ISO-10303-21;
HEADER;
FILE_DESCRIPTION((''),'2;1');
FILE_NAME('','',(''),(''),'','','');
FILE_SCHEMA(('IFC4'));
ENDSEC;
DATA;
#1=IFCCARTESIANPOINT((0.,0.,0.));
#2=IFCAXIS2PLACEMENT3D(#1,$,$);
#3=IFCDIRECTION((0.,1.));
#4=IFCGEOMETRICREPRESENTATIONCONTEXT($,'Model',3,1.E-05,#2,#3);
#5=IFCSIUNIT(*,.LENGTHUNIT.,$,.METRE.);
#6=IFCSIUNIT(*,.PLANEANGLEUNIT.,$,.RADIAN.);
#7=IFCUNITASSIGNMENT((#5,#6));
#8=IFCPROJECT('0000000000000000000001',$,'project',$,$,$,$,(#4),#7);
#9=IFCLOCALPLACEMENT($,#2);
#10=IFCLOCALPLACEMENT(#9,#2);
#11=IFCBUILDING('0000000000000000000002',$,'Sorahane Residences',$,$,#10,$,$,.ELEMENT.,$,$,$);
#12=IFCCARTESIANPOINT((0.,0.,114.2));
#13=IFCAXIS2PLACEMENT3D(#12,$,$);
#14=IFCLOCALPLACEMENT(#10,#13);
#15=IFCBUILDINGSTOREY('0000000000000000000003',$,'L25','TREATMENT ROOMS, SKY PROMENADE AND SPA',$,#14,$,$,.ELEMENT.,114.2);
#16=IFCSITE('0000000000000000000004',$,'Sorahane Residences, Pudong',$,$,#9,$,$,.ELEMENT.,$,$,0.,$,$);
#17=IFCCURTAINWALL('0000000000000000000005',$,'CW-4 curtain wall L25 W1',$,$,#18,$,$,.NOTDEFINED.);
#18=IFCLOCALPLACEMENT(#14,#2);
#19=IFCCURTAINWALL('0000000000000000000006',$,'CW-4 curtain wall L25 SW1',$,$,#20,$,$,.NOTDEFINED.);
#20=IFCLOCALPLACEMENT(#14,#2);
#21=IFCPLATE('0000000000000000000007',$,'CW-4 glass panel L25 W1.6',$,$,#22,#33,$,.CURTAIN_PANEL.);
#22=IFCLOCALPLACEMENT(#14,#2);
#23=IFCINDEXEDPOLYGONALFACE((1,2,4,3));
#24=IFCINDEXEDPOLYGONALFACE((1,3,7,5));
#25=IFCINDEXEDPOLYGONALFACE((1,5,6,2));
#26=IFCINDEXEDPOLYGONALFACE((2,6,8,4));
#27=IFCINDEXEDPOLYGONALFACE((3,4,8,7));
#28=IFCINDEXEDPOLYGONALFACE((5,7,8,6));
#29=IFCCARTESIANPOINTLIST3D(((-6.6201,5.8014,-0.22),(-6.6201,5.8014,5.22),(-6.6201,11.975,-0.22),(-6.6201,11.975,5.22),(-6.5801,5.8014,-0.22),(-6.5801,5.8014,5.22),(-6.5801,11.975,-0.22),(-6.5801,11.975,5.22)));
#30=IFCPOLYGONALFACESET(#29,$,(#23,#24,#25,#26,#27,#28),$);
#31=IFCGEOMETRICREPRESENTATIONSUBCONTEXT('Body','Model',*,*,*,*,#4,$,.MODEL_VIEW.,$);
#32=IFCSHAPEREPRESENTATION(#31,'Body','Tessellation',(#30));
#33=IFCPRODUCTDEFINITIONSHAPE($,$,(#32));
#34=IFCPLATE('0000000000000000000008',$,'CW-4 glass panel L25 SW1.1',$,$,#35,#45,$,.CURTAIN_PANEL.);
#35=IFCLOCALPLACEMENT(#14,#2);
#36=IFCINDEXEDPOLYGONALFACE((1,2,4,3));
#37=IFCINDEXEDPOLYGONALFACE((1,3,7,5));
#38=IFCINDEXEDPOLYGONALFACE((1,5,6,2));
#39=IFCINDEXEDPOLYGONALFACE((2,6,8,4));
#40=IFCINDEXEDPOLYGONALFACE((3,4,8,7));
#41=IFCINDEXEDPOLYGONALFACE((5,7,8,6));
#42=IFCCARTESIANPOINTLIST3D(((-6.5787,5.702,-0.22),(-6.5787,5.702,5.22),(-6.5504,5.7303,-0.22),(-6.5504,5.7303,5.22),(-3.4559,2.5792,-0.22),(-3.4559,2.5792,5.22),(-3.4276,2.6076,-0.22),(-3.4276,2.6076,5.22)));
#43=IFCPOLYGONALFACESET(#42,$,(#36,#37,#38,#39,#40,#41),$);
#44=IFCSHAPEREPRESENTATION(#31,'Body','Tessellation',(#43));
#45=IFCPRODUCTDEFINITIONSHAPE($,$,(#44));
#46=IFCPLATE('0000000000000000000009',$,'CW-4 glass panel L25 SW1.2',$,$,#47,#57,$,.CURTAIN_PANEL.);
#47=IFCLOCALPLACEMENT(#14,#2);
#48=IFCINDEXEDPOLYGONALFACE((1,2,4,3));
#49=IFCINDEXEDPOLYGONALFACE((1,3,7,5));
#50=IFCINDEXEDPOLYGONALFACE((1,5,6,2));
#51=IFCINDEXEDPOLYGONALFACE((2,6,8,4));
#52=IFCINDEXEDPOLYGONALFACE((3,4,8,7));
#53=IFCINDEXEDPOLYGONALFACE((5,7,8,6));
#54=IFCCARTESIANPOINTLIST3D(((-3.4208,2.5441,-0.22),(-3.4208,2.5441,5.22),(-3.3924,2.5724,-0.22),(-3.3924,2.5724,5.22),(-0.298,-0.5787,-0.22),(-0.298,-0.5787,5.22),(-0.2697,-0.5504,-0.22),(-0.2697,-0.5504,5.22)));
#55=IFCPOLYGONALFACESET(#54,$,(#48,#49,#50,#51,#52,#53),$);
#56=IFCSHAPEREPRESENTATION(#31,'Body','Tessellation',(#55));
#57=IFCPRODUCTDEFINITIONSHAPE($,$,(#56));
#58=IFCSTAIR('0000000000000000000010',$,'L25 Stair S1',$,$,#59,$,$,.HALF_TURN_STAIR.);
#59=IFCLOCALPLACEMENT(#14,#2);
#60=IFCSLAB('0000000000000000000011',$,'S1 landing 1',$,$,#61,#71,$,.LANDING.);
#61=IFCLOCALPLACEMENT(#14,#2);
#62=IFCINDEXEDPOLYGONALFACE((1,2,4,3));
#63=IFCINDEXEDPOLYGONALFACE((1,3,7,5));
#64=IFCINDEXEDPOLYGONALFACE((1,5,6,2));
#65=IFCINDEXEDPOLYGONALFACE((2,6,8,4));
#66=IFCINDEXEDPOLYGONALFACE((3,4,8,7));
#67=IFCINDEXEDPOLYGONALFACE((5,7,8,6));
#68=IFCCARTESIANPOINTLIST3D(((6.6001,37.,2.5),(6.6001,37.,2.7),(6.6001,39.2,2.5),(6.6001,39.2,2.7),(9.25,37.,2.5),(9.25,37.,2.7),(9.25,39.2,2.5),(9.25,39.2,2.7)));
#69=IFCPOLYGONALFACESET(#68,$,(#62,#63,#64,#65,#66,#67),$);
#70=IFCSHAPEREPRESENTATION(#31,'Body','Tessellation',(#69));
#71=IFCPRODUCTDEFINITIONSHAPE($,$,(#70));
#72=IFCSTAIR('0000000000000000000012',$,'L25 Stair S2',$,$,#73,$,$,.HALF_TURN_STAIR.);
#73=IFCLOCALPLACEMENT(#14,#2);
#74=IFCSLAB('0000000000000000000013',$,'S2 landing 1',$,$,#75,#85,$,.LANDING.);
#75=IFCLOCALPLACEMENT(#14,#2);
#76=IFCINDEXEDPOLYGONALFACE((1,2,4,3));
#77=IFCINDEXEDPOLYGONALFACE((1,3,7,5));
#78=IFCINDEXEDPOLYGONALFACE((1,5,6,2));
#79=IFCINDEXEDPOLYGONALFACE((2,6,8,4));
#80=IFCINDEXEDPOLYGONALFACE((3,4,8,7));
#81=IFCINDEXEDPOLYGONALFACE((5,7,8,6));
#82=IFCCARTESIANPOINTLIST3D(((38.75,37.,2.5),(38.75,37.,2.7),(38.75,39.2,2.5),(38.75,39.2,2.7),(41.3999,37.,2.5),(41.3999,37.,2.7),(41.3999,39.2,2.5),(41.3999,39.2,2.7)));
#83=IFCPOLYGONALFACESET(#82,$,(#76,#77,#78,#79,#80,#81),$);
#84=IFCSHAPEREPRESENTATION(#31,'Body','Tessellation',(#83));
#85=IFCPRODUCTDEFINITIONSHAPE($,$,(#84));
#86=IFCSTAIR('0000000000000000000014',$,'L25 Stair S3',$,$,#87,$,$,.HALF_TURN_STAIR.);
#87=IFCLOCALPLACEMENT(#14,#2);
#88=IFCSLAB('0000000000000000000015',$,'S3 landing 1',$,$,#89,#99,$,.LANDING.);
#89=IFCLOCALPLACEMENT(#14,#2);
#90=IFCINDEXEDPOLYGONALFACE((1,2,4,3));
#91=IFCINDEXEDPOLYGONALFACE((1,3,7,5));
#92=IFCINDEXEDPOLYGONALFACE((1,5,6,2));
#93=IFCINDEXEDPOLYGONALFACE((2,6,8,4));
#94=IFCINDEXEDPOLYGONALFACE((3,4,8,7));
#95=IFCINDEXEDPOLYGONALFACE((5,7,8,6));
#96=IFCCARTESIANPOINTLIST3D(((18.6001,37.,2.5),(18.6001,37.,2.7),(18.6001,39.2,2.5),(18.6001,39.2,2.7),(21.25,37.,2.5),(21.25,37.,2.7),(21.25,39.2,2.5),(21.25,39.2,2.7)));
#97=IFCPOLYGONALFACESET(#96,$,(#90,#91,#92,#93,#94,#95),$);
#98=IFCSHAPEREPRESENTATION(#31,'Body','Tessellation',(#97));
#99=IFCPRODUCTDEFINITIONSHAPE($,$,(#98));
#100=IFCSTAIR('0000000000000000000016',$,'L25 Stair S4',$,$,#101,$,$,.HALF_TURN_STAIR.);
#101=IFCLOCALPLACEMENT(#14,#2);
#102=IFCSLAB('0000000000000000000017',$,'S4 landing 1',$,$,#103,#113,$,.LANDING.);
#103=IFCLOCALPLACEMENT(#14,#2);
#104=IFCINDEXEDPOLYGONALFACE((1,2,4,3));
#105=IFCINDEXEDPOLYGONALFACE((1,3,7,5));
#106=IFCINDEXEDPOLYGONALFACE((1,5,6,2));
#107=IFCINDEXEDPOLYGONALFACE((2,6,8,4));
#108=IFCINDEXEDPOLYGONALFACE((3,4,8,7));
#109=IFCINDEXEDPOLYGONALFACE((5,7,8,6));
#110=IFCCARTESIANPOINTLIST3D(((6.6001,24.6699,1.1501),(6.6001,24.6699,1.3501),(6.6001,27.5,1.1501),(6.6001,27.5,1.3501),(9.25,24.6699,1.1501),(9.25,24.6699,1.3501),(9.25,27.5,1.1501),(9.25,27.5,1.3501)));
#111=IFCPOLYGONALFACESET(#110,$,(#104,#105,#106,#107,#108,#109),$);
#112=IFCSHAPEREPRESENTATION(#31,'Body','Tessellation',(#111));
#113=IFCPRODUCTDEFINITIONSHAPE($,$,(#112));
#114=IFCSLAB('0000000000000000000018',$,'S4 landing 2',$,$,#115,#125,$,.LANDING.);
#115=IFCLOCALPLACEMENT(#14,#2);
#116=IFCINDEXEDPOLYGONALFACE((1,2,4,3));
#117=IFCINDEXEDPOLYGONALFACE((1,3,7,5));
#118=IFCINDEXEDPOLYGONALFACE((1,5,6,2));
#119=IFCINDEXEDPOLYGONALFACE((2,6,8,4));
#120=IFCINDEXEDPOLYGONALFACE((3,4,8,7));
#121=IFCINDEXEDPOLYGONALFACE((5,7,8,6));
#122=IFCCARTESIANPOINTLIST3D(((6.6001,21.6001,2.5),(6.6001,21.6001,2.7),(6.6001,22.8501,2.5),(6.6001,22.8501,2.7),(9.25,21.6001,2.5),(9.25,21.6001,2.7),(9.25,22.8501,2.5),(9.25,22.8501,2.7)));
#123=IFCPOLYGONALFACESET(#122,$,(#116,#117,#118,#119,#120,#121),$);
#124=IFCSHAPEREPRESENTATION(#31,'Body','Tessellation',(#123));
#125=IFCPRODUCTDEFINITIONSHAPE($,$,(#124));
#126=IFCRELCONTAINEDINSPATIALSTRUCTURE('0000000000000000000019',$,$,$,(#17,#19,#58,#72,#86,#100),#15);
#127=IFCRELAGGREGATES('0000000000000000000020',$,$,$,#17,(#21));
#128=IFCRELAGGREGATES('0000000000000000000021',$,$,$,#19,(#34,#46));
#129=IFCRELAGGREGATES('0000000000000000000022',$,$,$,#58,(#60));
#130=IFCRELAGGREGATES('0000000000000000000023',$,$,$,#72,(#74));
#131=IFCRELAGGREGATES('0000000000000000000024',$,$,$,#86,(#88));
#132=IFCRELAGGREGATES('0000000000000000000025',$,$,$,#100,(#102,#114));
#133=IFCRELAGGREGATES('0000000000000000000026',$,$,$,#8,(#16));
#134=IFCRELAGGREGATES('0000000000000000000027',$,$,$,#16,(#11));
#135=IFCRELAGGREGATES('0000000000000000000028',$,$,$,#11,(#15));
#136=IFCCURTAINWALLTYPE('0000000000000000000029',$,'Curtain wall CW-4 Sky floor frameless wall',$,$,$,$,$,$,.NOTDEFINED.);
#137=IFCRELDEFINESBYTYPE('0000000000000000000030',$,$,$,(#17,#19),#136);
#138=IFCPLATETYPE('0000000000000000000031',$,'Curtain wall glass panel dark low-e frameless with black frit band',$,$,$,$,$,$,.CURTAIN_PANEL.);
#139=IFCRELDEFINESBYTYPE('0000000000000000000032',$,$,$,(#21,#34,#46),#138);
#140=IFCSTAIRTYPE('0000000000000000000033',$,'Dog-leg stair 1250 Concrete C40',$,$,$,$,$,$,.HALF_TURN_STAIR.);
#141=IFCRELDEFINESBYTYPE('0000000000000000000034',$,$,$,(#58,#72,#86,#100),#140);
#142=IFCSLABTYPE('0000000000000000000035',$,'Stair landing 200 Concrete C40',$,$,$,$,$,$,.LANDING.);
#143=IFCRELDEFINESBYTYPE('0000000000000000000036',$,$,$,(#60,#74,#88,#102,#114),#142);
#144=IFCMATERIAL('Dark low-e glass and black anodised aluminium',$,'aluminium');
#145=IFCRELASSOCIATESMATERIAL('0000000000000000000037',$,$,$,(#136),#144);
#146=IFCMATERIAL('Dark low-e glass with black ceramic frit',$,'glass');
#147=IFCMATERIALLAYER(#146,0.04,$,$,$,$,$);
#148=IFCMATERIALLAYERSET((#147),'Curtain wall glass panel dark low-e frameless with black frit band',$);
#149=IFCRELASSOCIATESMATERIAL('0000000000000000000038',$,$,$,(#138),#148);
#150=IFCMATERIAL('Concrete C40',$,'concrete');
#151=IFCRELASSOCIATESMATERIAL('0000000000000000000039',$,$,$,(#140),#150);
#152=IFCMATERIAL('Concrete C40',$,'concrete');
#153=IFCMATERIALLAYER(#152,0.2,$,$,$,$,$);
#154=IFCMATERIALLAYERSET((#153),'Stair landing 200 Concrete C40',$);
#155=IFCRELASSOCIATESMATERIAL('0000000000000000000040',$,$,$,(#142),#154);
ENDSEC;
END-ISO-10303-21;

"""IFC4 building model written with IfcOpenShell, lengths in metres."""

from ifc_helpers import new_model, si_unit, direction, frame, origin, origin_2d, place, context, subcontext, project, spatial, polyline, rectangle, outline, extrude, material, layer, layer_set, type_object, element, aggregate, save


model = new_model("IFC4")

# Units and contexts
model_context = context("Model", 3, precision=1e-05, world=origin(), true_north=direction((0.0, 1.0)))
body_context = subcontext(model_context, "Body", "Model", "MODEL_VIEW")
ifc_project = project(units=[si_unit("LENGTHUNIT", "METRE"), si_unit("PLANEANGLEUNIT", "RADIAN")], contexts=[model_context])

# Site, building, storey
site_placement = place(None, origin())
site = spatial("IfcSite", under=ifc_project, at=site_placement, Name="Sorahane Residences, Pudong", CompositionType="ELEMENT", RefElevation=0.0)
building_placement = place(site_placement, origin())
building = spatial("IfcBuilding", under=site, at=building_placement, Name="Sorahane Residences", CompositionType="ELEMENT")
storey_placement = place(building_placement, frame((0.0, 0.0, 114.2)))
storey = spatial("IfcBuildingStorey", under=building, at=storey_placement, Name="L25", Description="TREATMENT ROOMS, SKY PROMENADE AND SPA", CompositionType="ELEMENT", Elevation=114.2)

# Curtain walls
ifc_material_1 = material(Name="Dark low-e glass and black anodised aluminium", Category="aluminium")
curtain_wall_type = type_object("IfcCurtainWallType", Name="Curtain wall CW-4 Sky floor frameless wall", PredefinedType="NOTDEFINED", material=ifc_material_1)
curtain_wall_1_placement = place(storey_placement, origin())
curtain_wall_1 = element("IfcCurtainWall", 1, at=curtain_wall_1_placement, inside=storey, type_object=curtain_wall_type, Name="CW-4 curtain wall L25 W1", PredefinedType="NOTDEFINED")
curtain_wall_2_placement = place(storey_placement, origin())
curtain_wall_2 = element("IfcCurtainWall", 2, at=curtain_wall_2_placement, inside=storey, type_object=curtain_wall_type, Name="CW-4 curtain wall L25 SW1", PredefinedType="NOTDEFINED")

# Plates
ifc_material_2 = material(Name="Dark low-e glass with black ceramic frit", Category="glass")
ifc_layer_1 = layer(ifc_material_2, 0.04)
ifc_layer_set_1 = layer_set([ifc_layer_1], Name="Curtain wall glass panel dark low-e frameless with black frit band")
plate_type = type_object("IfcPlateType", Name="Curtain wall glass panel dark low-e frameless with black frit band", PredefinedType="CURTAIN_PANEL", material=ifc_layer_set_1)
plate_1_placement = place(storey_placement, frame((-6.6001, 8.8882, -0.22), z_axis=(0.0, 0.0, 1.0), x_axis=(0.0, -1.0, 0.0)))
plate_1 = element("IfcPlate", 3, at=plate_1_placement, type_object=plate_type, Name="CW-4 glass panel L25 W1.6", PredefinedType="CURTAIN_PANEL", context=body_context, shape_type="SweptSolid", body=[
    extrude(rectangle(XDim=6.1736, YDim=0.04, at=origin_2d()), origin(), (0.0, 0.0, 1.0), 5.4399),
])
aggregate(curtain_wall_1, [plate_1])
plate_2_placement = place(storey_placement, frame((-5.0032, 4.1548, -0.22), z_axis=(0.0, 0.0, 1.0), x_axis=(0.707107, -0.707107, 0.0)))
plate_2 = element("IfcPlate", 4, at=plate_2_placement, type_object=plate_type, Name="CW-4 glass panel L25 SW1.1", PredefinedType="CURTAIN_PANEL", context=body_context, shape_type="SweptSolid", body=[
    extrude(rectangle(XDim=4.4163, YDim=0.04, at=origin_2d()), origin(), (0.0, 0.0, 1.0), 5.4399),
])
plate_3_placement = place(storey_placement, frame((-1.8452, 0.9968, -0.22), z_axis=(0.0, 0.0, 1.0), x_axis=(0.707107, -0.707107, 0.0)))
plate_3 = element("IfcPlate", 5, at=plate_3_placement, type_object=plate_type, Name="CW-4 glass panel L25 SW1.2", PredefinedType="CURTAIN_PANEL", context=body_context, shape_type="SweptSolid", body=[
    extrude(rectangle(XDim=4.4163, YDim=0.04, at=origin_2d()), origin(), (0.0, 0.0, 1.0), 5.4399),
])
aggregate(curtain_wall_2, [plate_2, plate_3])

# Stairs, slabs
ifc_material_3 = material(Name="Concrete C40", Category="concrete")
stair_type = type_object("IfcStairType", Name="Dog-leg stair 1250 Concrete C40", PredefinedType="HALF_TURN_STAIR", material=ifc_material_3)
stair_1_placement = place(storey_placement, origin())
stair_1 = element("IfcStair", 6, at=stair_1_placement, inside=storey, type_object=stair_type, Name="L25 Stair S1", PredefinedType="HALF_TURN_STAIR")
ifc_material_4 = material(Name="Concrete C40", Category="concrete")
ifc_layer_2 = layer(ifc_material_4, 0.2)
ifc_layer_set_2 = layer_set([ifc_layer_2], Name="Stair landing 200 Concrete C40")
slab_type_1 = type_object("IfcSlabType", Name="Stair landing 200 Concrete C40", PredefinedType="LANDING", material=ifc_layer_set_2)
slab_1_placement = place(storey_placement, frame((0.0, 0.0, 2.5)))
slab_1 = element("IfcSlab", 7, at=slab_1_placement, type_object=slab_type_1, Name="S1 landing 1", PredefinedType="LANDING", context=body_context, shape_type="SweptSolid", body=[
    extrude(outline(polyline([(6.6001, 39.2), (6.6001, 37.0), (9.25, 37.0), (9.25, 39.2), (6.6001, 39.2)])), origin(), (0.0, 0.0, 1.0), 0.2),
])
aggregate(stair_1, [slab_1])
stair_2_placement = place(storey_placement, origin())
stair_2 = element("IfcStair", 8, at=stair_2_placement, inside=storey, type_object=stair_type, Name="L25 Stair S2", PredefinedType="HALF_TURN_STAIR")
slab_2_placement = place(storey_placement, frame((0.0, 0.0, 2.5)))
slab_2 = element("IfcSlab", 9, at=slab_2_placement, type_object=slab_type_1, Name="S2 landing 1", PredefinedType="LANDING", context=body_context, shape_type="SweptSolid", body=[
    extrude(outline(polyline([(38.75, 39.2), (38.75, 37.0), (41.3999, 37.0), (41.3999, 39.2), (38.75, 39.2)])), origin(), (0.0, 0.0, 1.0), 0.2),
])
aggregate(stair_2, [slab_2])
stair_3_placement = place(storey_placement, origin())
stair_3 = element("IfcStair", 10, at=stair_3_placement, inside=storey, type_object=stair_type, Name="L25 Stair S3", PredefinedType="HALF_TURN_STAIR")
slab_3_placement = place(storey_placement, frame((0.0, 0.0, 2.5)))
slab_3 = element("IfcSlab", 11, at=slab_3_placement, type_object=slab_type_1, Name="S3 landing 1", PredefinedType="LANDING", context=body_context, shape_type="SweptSolid", body=[
    extrude(outline(polyline([(18.6001, 39.2), (18.6001, 37.0), (21.25, 37.0), (21.25, 39.2), (18.6001, 39.2)])), origin(), (0.0, 0.0, 1.0), 0.2),
])
aggregate(stair_3, [slab_3])

# Stair, slabs
stair_4_placement = place(storey_placement, origin())
stair_4 = element("IfcStair", 12, at=stair_4_placement, inside=storey, type_object=stair_type, Name="L25 Stair S4", PredefinedType="HALF_TURN_STAIR")
slab_4_placement = place(storey_placement, frame((0.0, 0.0, 1.1501)))
slab_4 = element("IfcSlab", 13, at=slab_4_placement, type_object=slab_type_1, Name="S4 landing 1", PredefinedType="LANDING", context=body_context, shape_type="SweptSolid", body=[
    extrude(outline(polyline([(9.25, 24.6699), (9.25, 27.5), (6.6001, 27.5), (6.6001, 24.6699), (9.25, 24.6699)])), origin(), (0.0, 0.0, 1.0), 0.2),
])
slab_5_placement = place(storey_placement, frame((0.0, 0.0, 2.5)))
slab_5 = element("IfcSlab", 14, at=slab_5_placement, type_object=slab_type_1, Name="S4 landing 2", PredefinedType="LANDING", context=body_context, shape_type="SweptSolid", body=[
    extrude(outline(polyline([(9.25, 21.6001), (9.25, 22.8501), (6.6001, 22.8501), (6.6001, 21.6001), (9.25, 21.6001)])), origin(), (0.0, 0.0, 1.0), 0.2),
])
aggregate(stair_4, [slab_4, slab_5])

save(model, "model.ifc")
